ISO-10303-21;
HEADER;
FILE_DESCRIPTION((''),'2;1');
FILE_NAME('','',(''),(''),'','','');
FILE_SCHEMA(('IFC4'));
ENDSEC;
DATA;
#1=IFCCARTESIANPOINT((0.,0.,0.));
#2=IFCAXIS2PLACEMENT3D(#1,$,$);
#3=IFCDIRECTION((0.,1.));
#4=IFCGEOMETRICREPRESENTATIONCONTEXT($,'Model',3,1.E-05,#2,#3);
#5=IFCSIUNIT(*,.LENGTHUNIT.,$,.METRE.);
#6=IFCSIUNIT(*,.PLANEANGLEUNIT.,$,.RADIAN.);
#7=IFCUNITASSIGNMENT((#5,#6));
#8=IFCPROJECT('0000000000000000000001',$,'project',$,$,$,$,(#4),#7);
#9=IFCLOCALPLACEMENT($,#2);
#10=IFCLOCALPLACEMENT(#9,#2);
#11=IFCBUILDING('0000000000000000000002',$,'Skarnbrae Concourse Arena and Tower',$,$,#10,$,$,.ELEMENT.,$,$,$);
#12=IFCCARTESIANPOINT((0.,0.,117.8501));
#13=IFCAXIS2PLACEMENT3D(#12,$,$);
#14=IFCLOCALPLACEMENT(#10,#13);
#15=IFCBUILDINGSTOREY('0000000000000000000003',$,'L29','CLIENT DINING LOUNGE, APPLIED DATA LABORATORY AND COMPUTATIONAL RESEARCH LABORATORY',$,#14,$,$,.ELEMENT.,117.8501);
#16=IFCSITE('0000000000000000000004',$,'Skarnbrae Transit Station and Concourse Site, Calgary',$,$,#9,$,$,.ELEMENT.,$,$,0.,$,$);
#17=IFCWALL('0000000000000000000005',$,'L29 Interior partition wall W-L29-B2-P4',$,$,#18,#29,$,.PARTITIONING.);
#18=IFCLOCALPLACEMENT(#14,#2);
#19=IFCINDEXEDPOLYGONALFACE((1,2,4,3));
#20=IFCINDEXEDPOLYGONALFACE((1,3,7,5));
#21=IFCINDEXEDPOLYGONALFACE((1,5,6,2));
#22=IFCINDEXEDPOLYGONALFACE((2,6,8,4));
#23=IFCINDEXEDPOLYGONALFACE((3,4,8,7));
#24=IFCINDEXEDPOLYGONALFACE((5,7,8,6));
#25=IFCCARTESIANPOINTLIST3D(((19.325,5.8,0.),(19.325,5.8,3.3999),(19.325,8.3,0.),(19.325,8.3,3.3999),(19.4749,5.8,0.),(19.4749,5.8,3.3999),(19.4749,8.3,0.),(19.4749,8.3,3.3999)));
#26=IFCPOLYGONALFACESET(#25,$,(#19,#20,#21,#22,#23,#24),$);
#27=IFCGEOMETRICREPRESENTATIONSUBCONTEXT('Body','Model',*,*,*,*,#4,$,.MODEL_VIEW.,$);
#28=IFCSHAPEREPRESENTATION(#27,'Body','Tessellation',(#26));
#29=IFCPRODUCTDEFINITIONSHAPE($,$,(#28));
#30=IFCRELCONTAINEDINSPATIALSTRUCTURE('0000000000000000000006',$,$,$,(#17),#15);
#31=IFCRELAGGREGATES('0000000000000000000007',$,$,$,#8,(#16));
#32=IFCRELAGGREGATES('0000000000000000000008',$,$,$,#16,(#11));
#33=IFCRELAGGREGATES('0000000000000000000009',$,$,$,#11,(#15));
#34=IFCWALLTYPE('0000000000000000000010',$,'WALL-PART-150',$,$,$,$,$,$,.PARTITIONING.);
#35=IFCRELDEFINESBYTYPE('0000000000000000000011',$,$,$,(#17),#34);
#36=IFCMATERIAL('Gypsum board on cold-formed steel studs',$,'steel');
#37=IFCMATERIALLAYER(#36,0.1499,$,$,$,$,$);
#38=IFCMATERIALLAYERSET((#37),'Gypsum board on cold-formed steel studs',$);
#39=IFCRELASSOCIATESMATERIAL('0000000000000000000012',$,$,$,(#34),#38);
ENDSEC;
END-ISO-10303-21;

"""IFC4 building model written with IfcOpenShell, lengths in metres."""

from ifc_helpers import new_model, si_unit, direction, frame, frame_2d, origin, place, context, subcontext, project, spatial, rectangle, extrude, source, transform, mapped, material, layer, layer_set, type_object, element, save


model = new_model("IFC4")

# Units and contexts
model_context = context("Model", 3, precision=1e-05, world=origin(), true_north=direction((0.0, 1.0)))
body_context = subcontext(model_context, "Body", "Model", "MODEL_VIEW")
ifc_project = project(units=[si_unit("LENGTHUNIT", "METRE"), si_unit("PLANEANGLEUNIT", "RADIAN")], contexts=[model_context])

# Site, building, storey
site_placement = place(None, origin())
site = spatial("IfcSite", under=ifc_project, at=site_placement, Name="Skarnbrae Transit Station and Concourse Site, Calgary", CompositionType="ELEMENT", RefElevation=0.0)
building_placement = place(site_placement, origin())
building = spatial("IfcBuilding", under=site, at=building_placement, Name="Skarnbrae Concourse Arena and Tower", CompositionType="ELEMENT")
storey_placement = place(building_placement, frame((0.0, 0.0, 117.8501)))
storey = spatial("IfcBuildingStorey", under=building, at=storey_placement, Name="L29", Description="CLIENT DINING LOUNGE, APPLIED DATA LABORATORY AND COMPUTATIONAL RESEARCH LABORATORY", CompositionType="ELEMENT", Elevation=117.8501)

# Shared definitions
ifc_material_1 = material(Name="Gypsum board on cold-formed steel studs", Category="steel")

# Wall
ifc_layer_1 = layer(ifc_material_1, 0.1499)
ifc_layer_set_1 = layer_set([ifc_layer_1], Name="Gypsum board on cold-formed steel studs")
wall_type_1 = type_object("IfcWallType", Name="WALL-PART-150", PredefinedType="PARTITIONING", material=ifc_layer_set_1)
shared_shape_1 = source(origin(), body_context, "Body", "SweptSolid", [
    extrude(rectangle(XDim=2.5, YDim=0.1499, at=frame_2d((1.25, 0.0))), origin(), (0.0, 0.0, 1.0), 3.3999),
])
wall_1_placement = place(storey_placement, frame((19.3999, 5.8, 0.0), z_axis=(0.0, 0.0, 1.0), x_axis=(0.0, 1.0, 0.0)))
element("IfcWall", 1, at=wall_1_placement, inside=storey, type_object=wall_type_1, Name="L29 Interior partition wall W-L29-B2-P4", PredefinedType="PARTITIONING", context=body_context, shape_type="MappedRepresentation", body=[
    mapped(shared_shape_1, transform((0.0, 0.0, 0.0))),
])

save(model, "model.ifc")
